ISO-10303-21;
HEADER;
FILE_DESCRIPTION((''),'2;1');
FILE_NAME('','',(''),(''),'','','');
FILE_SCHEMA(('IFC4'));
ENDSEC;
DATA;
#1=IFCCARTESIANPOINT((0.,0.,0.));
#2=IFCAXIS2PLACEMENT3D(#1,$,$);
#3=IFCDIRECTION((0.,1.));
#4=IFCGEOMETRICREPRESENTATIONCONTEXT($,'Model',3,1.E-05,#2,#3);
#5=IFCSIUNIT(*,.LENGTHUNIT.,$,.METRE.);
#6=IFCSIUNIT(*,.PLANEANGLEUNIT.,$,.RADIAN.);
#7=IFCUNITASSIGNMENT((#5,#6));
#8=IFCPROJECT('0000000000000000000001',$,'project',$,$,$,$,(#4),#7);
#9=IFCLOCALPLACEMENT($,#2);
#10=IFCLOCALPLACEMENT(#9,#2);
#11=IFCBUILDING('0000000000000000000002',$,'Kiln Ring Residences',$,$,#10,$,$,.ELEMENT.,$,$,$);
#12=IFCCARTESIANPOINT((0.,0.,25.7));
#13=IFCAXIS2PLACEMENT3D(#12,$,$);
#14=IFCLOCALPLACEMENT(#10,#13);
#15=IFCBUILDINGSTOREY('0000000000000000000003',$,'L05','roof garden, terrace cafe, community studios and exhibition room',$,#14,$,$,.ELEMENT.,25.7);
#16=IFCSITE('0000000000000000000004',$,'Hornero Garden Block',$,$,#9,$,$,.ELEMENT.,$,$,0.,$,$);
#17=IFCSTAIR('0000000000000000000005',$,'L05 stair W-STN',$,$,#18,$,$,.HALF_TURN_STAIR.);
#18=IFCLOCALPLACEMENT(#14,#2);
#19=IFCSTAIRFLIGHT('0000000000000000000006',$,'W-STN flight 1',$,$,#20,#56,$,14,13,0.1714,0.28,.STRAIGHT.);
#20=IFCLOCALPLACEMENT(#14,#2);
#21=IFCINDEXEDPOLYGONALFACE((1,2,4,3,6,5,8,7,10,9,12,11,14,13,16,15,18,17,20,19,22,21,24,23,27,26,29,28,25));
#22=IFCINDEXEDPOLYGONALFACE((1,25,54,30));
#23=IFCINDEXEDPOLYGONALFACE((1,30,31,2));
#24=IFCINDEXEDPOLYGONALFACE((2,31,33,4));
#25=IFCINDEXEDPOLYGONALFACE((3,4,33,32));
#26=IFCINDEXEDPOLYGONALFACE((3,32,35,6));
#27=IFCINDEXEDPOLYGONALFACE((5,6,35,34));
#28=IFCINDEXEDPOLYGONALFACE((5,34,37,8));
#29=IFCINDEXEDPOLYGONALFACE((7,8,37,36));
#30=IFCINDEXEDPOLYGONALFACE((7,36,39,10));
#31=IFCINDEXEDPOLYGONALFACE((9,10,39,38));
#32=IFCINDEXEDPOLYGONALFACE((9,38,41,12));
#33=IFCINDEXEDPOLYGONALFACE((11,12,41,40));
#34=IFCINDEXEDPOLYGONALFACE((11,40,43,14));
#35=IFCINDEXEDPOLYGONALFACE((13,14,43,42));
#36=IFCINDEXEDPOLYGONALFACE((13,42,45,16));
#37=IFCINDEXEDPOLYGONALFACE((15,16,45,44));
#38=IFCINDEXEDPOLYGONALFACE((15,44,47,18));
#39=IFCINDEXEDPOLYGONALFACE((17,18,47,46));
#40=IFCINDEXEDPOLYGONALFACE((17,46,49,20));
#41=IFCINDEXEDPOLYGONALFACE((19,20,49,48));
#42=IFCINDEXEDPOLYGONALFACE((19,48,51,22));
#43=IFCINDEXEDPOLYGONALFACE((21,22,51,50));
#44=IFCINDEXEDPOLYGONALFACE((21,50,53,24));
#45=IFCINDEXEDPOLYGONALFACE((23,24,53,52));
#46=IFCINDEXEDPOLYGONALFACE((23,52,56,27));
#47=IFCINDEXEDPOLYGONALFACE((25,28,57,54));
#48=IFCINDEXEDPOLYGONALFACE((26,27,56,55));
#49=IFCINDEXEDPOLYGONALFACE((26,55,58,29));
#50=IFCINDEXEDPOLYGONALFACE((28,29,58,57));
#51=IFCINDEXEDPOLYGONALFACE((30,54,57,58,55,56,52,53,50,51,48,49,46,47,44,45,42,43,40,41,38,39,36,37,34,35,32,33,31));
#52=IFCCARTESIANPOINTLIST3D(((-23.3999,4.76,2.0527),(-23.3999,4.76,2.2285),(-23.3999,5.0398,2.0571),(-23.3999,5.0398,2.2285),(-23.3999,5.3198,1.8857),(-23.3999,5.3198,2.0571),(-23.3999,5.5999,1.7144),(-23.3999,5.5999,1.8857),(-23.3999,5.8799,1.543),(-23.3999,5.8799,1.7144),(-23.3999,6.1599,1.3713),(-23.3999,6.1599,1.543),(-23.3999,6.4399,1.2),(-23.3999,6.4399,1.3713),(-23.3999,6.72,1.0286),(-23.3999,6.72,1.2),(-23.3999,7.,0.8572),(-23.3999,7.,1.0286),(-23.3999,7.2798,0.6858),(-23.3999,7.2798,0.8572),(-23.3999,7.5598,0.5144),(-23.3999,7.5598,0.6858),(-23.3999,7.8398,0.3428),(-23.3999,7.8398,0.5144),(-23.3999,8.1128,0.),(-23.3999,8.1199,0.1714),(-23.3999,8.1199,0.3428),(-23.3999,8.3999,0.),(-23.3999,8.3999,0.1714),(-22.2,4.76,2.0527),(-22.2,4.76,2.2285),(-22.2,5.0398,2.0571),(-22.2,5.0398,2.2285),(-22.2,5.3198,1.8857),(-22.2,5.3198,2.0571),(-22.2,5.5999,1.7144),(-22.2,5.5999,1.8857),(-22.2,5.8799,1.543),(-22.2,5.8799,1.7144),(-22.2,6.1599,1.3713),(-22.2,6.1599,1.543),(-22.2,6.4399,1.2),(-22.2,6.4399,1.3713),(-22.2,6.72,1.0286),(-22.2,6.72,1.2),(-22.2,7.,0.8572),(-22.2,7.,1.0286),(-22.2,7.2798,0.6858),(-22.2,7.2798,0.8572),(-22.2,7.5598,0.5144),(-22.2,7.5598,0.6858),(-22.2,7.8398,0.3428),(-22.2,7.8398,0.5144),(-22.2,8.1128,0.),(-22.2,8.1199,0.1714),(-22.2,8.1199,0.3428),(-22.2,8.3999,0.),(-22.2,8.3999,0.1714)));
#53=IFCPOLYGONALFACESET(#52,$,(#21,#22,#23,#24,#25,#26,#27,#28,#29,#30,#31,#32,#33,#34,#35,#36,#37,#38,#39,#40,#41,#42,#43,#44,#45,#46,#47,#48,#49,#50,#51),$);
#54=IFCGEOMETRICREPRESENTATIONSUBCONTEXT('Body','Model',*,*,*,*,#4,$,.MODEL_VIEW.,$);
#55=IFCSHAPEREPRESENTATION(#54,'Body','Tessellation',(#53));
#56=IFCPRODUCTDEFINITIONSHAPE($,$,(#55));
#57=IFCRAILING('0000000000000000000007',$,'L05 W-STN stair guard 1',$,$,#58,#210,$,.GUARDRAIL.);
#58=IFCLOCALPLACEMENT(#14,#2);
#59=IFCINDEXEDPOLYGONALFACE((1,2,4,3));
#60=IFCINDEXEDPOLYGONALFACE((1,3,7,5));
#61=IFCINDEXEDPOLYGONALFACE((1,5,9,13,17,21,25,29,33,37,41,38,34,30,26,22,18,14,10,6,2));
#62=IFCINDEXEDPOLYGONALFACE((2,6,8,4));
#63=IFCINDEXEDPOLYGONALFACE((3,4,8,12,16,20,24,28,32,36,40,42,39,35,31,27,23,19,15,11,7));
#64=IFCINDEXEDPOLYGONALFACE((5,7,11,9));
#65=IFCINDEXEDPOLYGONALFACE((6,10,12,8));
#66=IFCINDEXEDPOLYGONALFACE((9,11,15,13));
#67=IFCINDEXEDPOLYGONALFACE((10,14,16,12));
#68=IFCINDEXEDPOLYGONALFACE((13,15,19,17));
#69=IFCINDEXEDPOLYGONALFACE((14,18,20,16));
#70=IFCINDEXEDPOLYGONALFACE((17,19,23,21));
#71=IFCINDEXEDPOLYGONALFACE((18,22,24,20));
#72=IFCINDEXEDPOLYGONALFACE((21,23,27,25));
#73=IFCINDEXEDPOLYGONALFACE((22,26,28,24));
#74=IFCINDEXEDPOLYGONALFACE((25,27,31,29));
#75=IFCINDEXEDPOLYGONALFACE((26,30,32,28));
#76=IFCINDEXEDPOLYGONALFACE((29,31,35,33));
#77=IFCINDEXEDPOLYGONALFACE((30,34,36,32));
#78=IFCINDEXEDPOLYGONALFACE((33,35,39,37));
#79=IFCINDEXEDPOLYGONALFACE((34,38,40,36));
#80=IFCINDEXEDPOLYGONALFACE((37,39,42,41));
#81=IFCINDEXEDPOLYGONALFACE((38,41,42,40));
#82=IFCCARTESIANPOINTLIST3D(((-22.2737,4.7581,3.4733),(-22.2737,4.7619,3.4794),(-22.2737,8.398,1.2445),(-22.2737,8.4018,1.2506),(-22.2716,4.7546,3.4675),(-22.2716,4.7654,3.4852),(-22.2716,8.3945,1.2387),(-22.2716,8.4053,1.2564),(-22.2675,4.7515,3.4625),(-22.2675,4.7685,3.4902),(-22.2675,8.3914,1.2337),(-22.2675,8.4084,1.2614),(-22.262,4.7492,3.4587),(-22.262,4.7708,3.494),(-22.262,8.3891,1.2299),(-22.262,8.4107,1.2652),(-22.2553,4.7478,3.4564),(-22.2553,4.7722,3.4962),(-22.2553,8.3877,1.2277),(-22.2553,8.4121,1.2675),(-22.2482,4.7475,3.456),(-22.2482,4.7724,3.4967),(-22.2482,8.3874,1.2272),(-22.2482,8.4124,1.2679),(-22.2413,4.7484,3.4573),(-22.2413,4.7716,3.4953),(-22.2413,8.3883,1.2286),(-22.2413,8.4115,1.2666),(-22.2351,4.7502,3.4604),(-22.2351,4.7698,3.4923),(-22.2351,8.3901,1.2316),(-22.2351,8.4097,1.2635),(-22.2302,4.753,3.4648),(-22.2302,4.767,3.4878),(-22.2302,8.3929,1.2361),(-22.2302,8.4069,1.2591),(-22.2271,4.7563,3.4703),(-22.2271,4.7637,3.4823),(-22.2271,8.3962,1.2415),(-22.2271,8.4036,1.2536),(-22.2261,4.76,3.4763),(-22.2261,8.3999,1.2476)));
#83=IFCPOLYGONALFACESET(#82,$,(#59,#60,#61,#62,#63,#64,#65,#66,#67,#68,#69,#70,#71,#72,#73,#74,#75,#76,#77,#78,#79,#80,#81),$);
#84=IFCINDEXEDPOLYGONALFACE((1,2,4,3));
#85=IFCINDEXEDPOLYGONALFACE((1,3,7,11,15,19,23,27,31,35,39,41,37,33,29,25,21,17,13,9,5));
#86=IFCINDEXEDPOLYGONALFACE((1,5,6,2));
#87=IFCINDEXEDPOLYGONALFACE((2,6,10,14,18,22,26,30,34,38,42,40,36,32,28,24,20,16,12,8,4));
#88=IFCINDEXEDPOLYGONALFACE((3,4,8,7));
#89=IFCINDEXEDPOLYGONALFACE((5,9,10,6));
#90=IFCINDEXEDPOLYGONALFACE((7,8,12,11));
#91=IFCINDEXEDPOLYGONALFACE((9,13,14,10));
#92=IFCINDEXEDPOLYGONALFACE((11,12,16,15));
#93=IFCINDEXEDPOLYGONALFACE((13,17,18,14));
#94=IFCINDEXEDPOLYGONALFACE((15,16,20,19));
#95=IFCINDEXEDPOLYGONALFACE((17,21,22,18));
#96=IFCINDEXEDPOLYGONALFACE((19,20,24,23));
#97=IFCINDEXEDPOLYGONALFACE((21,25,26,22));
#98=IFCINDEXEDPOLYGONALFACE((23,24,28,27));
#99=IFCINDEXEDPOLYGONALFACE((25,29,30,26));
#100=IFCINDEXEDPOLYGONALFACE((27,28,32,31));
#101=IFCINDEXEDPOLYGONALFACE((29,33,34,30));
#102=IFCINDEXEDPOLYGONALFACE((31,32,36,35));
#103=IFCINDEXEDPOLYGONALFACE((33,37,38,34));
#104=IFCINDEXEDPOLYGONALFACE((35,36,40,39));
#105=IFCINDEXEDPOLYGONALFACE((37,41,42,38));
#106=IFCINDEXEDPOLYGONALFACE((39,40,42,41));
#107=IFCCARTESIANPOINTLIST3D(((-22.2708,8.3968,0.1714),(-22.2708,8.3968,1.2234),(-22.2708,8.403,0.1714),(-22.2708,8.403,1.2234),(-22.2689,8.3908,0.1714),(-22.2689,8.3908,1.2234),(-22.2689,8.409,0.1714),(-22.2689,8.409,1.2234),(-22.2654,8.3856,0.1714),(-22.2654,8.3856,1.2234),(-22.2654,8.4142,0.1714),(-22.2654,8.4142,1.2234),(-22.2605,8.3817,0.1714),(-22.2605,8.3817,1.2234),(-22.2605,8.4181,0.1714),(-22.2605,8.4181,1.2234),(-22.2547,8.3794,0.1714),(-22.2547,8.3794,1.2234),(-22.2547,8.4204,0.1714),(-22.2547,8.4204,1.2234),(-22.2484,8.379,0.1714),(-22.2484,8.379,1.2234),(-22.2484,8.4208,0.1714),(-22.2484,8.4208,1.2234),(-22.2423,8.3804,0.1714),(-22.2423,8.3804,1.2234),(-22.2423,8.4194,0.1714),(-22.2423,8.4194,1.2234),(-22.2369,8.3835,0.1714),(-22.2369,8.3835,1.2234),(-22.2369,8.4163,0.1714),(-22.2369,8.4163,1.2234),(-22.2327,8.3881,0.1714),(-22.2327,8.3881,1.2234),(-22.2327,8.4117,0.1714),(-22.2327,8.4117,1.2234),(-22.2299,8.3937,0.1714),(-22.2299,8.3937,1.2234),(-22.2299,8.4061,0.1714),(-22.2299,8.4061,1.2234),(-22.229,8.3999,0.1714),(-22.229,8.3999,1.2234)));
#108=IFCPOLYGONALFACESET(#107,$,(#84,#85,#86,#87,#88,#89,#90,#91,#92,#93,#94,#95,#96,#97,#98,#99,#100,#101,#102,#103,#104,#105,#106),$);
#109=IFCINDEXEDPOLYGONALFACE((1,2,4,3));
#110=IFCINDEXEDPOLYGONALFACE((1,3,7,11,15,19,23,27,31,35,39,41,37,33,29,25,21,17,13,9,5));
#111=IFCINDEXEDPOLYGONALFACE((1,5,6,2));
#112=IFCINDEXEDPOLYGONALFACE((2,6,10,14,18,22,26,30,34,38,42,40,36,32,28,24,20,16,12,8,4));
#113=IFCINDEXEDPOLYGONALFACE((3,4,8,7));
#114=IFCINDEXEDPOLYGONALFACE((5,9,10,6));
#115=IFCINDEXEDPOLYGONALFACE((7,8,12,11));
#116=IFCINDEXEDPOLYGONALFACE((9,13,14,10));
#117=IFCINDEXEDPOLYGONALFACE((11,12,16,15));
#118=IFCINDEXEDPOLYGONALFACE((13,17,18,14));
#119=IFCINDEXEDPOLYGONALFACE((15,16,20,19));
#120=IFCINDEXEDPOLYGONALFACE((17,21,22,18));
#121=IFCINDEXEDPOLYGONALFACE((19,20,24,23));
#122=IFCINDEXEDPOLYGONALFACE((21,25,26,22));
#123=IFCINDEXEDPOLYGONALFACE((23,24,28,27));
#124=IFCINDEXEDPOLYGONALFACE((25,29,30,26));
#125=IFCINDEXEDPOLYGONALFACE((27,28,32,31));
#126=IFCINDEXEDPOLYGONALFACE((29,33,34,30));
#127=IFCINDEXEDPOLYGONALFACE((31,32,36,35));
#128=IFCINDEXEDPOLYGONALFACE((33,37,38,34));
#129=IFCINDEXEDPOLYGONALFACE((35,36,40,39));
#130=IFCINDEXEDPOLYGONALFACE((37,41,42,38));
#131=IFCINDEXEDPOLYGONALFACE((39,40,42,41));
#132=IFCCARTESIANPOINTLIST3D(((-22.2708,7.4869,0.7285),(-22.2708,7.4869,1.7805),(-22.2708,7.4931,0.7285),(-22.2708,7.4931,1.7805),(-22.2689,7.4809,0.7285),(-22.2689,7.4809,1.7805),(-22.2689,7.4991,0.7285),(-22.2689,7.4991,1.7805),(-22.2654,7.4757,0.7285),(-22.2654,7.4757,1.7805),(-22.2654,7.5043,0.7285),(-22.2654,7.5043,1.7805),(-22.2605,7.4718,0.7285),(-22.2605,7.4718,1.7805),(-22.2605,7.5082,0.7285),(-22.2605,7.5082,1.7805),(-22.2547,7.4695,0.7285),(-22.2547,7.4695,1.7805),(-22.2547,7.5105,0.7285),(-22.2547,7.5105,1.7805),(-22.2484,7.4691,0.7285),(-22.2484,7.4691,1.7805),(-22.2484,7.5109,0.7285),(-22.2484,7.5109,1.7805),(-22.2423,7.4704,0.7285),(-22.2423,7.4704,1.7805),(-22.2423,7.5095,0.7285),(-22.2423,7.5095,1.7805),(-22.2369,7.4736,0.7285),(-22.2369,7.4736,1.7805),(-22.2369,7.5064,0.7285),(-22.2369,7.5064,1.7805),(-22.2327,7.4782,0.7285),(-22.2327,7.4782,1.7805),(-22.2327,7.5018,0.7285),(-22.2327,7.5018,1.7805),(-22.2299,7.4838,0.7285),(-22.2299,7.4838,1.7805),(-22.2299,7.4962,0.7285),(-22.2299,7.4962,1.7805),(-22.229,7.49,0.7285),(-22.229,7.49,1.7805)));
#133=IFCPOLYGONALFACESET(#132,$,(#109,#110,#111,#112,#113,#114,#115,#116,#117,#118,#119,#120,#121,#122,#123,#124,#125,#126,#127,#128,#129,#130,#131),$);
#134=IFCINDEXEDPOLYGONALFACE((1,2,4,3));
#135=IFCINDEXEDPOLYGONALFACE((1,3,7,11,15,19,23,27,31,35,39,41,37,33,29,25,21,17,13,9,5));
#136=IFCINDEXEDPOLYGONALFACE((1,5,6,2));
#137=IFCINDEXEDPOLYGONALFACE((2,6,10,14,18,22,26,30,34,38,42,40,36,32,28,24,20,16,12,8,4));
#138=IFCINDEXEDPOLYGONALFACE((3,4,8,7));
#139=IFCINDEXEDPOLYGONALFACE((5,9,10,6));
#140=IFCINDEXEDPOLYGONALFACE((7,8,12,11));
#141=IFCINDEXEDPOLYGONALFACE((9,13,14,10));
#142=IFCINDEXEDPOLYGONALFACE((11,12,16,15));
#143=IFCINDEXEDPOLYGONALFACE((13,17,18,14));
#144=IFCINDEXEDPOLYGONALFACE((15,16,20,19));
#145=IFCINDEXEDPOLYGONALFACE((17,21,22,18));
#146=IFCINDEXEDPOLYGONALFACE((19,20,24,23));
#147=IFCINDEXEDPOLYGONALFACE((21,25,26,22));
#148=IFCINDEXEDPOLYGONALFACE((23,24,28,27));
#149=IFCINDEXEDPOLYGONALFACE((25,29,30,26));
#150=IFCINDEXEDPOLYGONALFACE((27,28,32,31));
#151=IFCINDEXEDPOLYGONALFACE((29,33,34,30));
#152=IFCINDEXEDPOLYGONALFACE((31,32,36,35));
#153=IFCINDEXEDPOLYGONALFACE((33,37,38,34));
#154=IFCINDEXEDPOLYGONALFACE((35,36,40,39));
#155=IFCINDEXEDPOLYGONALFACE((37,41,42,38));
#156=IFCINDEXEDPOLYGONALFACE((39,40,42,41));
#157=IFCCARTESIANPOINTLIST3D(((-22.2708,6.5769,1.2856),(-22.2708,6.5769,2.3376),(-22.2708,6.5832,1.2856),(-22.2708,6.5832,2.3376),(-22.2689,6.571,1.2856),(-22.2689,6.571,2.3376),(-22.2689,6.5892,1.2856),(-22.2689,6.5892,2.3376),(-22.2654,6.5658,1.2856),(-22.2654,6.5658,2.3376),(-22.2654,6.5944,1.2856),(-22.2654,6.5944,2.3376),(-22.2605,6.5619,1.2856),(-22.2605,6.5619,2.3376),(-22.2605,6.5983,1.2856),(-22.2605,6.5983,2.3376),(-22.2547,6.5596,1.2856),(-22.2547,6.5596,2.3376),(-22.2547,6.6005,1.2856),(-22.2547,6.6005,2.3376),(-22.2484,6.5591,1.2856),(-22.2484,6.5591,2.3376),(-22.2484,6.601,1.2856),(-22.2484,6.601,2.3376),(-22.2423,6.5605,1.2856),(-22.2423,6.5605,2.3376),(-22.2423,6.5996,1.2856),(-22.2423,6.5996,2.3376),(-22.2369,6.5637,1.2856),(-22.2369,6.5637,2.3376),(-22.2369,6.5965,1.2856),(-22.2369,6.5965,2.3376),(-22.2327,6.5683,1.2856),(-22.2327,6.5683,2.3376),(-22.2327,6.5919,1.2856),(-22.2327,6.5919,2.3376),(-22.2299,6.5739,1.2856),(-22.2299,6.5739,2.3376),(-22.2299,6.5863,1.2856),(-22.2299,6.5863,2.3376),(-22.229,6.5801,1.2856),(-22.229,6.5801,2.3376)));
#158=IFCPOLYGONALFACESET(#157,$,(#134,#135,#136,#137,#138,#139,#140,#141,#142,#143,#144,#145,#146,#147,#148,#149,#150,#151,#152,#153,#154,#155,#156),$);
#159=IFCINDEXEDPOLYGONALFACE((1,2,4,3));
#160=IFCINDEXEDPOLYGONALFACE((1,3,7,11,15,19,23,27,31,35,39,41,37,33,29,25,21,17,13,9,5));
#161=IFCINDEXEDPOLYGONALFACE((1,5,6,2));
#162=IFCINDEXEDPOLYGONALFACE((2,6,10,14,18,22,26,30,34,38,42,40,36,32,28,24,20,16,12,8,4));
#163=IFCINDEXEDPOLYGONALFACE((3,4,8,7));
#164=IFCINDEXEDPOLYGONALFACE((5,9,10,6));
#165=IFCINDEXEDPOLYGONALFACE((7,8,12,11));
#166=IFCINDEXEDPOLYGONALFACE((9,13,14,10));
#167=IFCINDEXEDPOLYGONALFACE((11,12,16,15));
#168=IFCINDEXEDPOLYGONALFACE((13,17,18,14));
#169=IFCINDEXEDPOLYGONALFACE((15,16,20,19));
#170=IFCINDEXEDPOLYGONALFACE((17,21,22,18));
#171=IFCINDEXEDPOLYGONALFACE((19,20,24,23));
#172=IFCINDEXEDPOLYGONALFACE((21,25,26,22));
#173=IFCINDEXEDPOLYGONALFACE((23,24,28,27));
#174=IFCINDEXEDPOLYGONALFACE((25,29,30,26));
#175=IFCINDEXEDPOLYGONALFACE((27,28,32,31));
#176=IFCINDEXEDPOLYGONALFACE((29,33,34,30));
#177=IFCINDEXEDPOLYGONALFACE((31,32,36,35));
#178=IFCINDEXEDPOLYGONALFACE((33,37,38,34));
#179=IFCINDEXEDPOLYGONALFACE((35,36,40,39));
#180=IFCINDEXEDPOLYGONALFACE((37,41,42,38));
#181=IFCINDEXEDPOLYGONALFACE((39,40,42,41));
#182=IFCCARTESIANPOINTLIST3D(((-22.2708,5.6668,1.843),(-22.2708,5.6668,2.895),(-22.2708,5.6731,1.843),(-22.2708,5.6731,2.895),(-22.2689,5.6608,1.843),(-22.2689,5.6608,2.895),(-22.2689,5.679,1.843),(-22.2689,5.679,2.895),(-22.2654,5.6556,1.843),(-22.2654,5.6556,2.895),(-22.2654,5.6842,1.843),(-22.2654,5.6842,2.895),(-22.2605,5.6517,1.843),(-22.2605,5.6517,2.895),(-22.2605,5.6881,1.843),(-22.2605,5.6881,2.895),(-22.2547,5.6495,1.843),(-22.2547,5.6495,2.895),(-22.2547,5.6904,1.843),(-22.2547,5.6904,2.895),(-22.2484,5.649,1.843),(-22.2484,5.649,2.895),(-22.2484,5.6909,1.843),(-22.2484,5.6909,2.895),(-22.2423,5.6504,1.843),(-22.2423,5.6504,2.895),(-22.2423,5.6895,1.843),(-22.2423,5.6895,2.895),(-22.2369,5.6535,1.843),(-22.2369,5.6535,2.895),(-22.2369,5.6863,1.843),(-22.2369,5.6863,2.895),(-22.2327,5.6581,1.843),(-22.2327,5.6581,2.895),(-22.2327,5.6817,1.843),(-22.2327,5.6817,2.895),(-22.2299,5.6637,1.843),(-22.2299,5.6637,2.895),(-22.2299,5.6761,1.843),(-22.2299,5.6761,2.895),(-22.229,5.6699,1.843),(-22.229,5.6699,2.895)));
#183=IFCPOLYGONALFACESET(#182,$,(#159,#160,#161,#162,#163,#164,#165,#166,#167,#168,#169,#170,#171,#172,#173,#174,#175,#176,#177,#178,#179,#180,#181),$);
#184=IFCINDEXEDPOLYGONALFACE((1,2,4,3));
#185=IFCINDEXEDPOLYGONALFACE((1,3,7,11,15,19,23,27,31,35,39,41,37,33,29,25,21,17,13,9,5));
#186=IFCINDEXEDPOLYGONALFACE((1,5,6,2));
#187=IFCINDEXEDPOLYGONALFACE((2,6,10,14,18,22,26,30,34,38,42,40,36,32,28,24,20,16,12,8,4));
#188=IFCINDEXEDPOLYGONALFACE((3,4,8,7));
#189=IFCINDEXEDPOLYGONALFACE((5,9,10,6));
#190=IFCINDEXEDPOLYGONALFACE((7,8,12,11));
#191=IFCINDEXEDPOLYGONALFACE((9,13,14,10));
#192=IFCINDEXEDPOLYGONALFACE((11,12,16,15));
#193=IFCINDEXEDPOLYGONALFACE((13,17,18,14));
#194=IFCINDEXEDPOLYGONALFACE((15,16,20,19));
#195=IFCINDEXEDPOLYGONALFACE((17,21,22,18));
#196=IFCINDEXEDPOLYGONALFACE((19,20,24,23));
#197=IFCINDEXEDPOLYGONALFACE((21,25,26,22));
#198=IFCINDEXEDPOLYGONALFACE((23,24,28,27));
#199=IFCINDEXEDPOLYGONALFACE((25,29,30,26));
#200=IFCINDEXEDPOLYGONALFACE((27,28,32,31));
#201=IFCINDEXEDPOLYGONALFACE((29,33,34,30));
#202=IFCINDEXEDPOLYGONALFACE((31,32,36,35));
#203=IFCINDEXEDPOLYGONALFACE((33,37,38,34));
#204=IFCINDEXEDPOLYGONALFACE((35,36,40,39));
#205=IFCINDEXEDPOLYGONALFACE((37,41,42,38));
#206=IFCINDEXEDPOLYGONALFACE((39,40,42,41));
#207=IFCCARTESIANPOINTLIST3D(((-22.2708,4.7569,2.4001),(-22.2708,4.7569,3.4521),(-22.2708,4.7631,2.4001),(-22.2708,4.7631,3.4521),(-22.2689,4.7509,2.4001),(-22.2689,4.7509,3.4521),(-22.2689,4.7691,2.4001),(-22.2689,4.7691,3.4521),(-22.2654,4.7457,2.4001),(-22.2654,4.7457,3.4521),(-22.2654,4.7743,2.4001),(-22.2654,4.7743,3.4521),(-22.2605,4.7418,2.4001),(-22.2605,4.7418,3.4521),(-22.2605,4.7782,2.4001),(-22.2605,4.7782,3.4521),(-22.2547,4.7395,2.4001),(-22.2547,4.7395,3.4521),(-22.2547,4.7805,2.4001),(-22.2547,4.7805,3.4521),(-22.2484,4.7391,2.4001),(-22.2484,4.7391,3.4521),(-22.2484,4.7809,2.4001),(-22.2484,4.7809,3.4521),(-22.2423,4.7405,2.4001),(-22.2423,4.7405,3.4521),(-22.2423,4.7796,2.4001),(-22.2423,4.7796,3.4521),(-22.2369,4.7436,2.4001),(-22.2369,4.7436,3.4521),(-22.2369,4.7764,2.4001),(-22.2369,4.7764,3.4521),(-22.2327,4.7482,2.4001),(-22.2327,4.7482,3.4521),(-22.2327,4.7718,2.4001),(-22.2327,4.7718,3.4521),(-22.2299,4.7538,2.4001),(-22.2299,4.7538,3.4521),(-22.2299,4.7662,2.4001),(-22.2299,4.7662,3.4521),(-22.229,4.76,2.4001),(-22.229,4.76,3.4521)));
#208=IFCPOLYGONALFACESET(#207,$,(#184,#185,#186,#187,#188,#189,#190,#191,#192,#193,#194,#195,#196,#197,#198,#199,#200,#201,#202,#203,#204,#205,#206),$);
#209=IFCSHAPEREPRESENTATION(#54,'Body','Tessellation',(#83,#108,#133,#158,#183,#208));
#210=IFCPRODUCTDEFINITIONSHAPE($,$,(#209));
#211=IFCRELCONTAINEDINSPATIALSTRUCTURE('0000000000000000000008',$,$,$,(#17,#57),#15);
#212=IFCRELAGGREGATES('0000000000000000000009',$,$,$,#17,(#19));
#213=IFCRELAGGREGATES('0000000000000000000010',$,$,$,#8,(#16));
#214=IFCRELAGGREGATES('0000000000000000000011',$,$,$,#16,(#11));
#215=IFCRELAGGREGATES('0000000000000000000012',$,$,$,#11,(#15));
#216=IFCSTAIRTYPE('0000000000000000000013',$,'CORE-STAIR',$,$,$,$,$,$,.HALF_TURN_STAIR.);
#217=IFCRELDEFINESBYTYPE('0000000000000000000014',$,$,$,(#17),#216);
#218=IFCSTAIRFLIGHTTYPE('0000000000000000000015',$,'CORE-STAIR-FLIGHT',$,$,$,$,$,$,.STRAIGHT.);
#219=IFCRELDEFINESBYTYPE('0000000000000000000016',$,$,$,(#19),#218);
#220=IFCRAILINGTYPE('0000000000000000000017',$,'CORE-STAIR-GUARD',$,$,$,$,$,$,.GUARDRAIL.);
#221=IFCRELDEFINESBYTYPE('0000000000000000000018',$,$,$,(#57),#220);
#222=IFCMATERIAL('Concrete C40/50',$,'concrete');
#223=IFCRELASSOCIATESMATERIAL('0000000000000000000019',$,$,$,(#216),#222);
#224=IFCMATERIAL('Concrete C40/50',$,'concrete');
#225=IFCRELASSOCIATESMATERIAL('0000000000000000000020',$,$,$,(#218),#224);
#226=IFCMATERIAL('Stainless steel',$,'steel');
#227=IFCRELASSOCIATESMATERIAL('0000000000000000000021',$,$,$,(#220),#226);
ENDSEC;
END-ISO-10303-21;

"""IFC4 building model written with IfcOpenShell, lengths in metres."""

from ifc_helpers import new_model, si_unit, direction, frame, origin, origin_2d, place, context, subcontext, project, spatial, polyline, circle, outline, extrude, material, type_object, element, aggregate, save


model = new_model("IFC4")

# Units and contexts
model_context = context("Model", 3, precision=1e-05, world=origin(), true_north=direction((0.0, 1.0)))
body_context = subcontext(model_context, "Body", "Model", "MODEL_VIEW")
ifc_project = project(units=[si_unit("LENGTHUNIT", "METRE"), si_unit("PLANEANGLEUNIT", "RADIAN")], contexts=[model_context])

# Site, building, storey
site_placement = place(None, origin())
site = spatial("IfcSite", under=ifc_project, at=site_placement, Name="Hornero Garden Block", CompositionType="ELEMENT", RefElevation=0.0)
building_placement = place(site_placement, origin())
building = spatial("IfcBuilding", under=site, at=building_placement, Name="Kiln Ring Residences", CompositionType="ELEMENT")
storey_placement = place(building_placement, frame((0.0, 0.0, 25.7)))
storey = spatial("IfcBuildingStorey", under=building, at=storey_placement, Name="L05", Description="roof garden, terrace cafe, community studios and exhibition room", CompositionType="ELEMENT", Elevation=25.7)

# Stair, stair flight
ifc_material_1 = material(Name="Concrete C40/50", Category="concrete")
stair_type = type_object("IfcStairType", Name="CORE-STAIR", PredefinedType="HALF_TURN_STAIR", material=ifc_material_1)
stair_placement = place(storey_placement, origin())
stair = element("IfcStair", 1, at=stair_placement, inside=storey, type_object=stair_type, Name="L05 stair W-STN", PredefinedType="HALF_TURN_STAIR")
ifc_material_2 = material(Name="Concrete C40/50", Category="concrete")
stair_flight_type = type_object("IfcStairFlightType", Name="CORE-STAIR-FLIGHT", PredefinedType="STRAIGHT", material=ifc_material_2)
stair_flight_placement = place(storey_placement, frame((-22.8, 8.3999, 0.0), z_axis=(0.0, 0.0, 1.0), x_axis=(0.0, -1.0, 0.0)))
stair_flight = element("IfcStairFlight", 2, at=stair_flight_placement, type_object=stair_flight_type, Name="W-STN flight 1", NumberOfRisers=14, NumberOfTreads=13, PredefinedType="STRAIGHT", RiserHeight=0.1714, TreadLength=0.28, context=body_context, shape_type="SweptSolid", body=[
    extrude(outline(polyline([(0.0, 0.0), (0.0, 0.1714), (0.28, 0.1714), (0.28, 0.3428), (0.5601, 0.3428), (0.5601, 0.5144), (0.8401, 0.5144), (0.8401, 0.6858), (1.1201, 0.6858), (1.1201, 0.8572), (1.3999, 0.8572), (1.3999, 1.0286), (1.6799, 1.0286), (1.6799, 1.2), (1.96, 1.2), (1.96, 1.3713), (2.24, 1.3713), (2.24, 1.543), (2.52, 1.543), (2.52, 1.7144), (2.8, 1.7144), (2.8, 1.8857), (3.0801, 1.8857), (3.0801, 2.0571), (3.3601, 2.0571), (3.3601, 2.2285), (3.6399, 2.2285), (3.6399, 2.3999), (3.6399, 2.0527), (0.2871, 0.0), (0.0, 0.0)])), frame((0.0, 0.6001, 0.0), z_axis=(0.0, -1.0, 0.0), x_axis=(1.0, 0.0, 0.0)), (0.0, 0.0, 1.0), 1.2),
])
aggregate(stair, [stair_flight])

# Railing
ifc_material_3 = material(Name="Stainless steel", Category="steel")
railing_type_1 = type_object("IfcRailingType", Name="CORE-STAIR-GUARD", PredefinedType="GUARDRAIL", material=ifc_material_3)
railing_1_placement = place(storey_placement, frame((-22.25, 8.3999, 0.1714)))
element("IfcRailing", 3, at=railing_1_placement, inside=storey, type_object=railing_type_1, Name="L05 W-STN stair guard 1", PredefinedType="GUARDRAIL", context=body_context, shape_type="SweptSolid", body=[
    extrude(circle(Radius=0.0239, at=origin_2d()), frame((0.0, 0.0, 1.0762), z_axis=(0.0, -0.852825, 0.522197), x_axis=(1.0, 0.0, 0.0)), (0.0, 0.0, 1.0), 4.2681),
    extrude(circle(Radius=0.021, at=origin_2d()), origin(), (0.0, 0.0, 1.0), 1.052),
    extrude(circle(Radius=0.021, at=origin_2d()), frame((0.0, -0.9099, 0.5571)), (0.0, 0.0, 1.0), 1.052),
    extrude(circle(Radius=0.021, at=origin_2d()), frame((0.0, -1.8198, 1.1143)), (0.0, 0.0, 1.0), 1.052),
    extrude(circle(Radius=0.021, at=origin_2d()), frame((0.0, -2.73, 1.6716)), (0.0, 0.0, 1.0), 1.052),
    extrude(circle(Radius=0.021, at=origin_2d()), frame((0.0, -3.6399, 2.2288)), (0.0, 0.0, 1.0), 1.052),
])

save(model, "model.ifc")
